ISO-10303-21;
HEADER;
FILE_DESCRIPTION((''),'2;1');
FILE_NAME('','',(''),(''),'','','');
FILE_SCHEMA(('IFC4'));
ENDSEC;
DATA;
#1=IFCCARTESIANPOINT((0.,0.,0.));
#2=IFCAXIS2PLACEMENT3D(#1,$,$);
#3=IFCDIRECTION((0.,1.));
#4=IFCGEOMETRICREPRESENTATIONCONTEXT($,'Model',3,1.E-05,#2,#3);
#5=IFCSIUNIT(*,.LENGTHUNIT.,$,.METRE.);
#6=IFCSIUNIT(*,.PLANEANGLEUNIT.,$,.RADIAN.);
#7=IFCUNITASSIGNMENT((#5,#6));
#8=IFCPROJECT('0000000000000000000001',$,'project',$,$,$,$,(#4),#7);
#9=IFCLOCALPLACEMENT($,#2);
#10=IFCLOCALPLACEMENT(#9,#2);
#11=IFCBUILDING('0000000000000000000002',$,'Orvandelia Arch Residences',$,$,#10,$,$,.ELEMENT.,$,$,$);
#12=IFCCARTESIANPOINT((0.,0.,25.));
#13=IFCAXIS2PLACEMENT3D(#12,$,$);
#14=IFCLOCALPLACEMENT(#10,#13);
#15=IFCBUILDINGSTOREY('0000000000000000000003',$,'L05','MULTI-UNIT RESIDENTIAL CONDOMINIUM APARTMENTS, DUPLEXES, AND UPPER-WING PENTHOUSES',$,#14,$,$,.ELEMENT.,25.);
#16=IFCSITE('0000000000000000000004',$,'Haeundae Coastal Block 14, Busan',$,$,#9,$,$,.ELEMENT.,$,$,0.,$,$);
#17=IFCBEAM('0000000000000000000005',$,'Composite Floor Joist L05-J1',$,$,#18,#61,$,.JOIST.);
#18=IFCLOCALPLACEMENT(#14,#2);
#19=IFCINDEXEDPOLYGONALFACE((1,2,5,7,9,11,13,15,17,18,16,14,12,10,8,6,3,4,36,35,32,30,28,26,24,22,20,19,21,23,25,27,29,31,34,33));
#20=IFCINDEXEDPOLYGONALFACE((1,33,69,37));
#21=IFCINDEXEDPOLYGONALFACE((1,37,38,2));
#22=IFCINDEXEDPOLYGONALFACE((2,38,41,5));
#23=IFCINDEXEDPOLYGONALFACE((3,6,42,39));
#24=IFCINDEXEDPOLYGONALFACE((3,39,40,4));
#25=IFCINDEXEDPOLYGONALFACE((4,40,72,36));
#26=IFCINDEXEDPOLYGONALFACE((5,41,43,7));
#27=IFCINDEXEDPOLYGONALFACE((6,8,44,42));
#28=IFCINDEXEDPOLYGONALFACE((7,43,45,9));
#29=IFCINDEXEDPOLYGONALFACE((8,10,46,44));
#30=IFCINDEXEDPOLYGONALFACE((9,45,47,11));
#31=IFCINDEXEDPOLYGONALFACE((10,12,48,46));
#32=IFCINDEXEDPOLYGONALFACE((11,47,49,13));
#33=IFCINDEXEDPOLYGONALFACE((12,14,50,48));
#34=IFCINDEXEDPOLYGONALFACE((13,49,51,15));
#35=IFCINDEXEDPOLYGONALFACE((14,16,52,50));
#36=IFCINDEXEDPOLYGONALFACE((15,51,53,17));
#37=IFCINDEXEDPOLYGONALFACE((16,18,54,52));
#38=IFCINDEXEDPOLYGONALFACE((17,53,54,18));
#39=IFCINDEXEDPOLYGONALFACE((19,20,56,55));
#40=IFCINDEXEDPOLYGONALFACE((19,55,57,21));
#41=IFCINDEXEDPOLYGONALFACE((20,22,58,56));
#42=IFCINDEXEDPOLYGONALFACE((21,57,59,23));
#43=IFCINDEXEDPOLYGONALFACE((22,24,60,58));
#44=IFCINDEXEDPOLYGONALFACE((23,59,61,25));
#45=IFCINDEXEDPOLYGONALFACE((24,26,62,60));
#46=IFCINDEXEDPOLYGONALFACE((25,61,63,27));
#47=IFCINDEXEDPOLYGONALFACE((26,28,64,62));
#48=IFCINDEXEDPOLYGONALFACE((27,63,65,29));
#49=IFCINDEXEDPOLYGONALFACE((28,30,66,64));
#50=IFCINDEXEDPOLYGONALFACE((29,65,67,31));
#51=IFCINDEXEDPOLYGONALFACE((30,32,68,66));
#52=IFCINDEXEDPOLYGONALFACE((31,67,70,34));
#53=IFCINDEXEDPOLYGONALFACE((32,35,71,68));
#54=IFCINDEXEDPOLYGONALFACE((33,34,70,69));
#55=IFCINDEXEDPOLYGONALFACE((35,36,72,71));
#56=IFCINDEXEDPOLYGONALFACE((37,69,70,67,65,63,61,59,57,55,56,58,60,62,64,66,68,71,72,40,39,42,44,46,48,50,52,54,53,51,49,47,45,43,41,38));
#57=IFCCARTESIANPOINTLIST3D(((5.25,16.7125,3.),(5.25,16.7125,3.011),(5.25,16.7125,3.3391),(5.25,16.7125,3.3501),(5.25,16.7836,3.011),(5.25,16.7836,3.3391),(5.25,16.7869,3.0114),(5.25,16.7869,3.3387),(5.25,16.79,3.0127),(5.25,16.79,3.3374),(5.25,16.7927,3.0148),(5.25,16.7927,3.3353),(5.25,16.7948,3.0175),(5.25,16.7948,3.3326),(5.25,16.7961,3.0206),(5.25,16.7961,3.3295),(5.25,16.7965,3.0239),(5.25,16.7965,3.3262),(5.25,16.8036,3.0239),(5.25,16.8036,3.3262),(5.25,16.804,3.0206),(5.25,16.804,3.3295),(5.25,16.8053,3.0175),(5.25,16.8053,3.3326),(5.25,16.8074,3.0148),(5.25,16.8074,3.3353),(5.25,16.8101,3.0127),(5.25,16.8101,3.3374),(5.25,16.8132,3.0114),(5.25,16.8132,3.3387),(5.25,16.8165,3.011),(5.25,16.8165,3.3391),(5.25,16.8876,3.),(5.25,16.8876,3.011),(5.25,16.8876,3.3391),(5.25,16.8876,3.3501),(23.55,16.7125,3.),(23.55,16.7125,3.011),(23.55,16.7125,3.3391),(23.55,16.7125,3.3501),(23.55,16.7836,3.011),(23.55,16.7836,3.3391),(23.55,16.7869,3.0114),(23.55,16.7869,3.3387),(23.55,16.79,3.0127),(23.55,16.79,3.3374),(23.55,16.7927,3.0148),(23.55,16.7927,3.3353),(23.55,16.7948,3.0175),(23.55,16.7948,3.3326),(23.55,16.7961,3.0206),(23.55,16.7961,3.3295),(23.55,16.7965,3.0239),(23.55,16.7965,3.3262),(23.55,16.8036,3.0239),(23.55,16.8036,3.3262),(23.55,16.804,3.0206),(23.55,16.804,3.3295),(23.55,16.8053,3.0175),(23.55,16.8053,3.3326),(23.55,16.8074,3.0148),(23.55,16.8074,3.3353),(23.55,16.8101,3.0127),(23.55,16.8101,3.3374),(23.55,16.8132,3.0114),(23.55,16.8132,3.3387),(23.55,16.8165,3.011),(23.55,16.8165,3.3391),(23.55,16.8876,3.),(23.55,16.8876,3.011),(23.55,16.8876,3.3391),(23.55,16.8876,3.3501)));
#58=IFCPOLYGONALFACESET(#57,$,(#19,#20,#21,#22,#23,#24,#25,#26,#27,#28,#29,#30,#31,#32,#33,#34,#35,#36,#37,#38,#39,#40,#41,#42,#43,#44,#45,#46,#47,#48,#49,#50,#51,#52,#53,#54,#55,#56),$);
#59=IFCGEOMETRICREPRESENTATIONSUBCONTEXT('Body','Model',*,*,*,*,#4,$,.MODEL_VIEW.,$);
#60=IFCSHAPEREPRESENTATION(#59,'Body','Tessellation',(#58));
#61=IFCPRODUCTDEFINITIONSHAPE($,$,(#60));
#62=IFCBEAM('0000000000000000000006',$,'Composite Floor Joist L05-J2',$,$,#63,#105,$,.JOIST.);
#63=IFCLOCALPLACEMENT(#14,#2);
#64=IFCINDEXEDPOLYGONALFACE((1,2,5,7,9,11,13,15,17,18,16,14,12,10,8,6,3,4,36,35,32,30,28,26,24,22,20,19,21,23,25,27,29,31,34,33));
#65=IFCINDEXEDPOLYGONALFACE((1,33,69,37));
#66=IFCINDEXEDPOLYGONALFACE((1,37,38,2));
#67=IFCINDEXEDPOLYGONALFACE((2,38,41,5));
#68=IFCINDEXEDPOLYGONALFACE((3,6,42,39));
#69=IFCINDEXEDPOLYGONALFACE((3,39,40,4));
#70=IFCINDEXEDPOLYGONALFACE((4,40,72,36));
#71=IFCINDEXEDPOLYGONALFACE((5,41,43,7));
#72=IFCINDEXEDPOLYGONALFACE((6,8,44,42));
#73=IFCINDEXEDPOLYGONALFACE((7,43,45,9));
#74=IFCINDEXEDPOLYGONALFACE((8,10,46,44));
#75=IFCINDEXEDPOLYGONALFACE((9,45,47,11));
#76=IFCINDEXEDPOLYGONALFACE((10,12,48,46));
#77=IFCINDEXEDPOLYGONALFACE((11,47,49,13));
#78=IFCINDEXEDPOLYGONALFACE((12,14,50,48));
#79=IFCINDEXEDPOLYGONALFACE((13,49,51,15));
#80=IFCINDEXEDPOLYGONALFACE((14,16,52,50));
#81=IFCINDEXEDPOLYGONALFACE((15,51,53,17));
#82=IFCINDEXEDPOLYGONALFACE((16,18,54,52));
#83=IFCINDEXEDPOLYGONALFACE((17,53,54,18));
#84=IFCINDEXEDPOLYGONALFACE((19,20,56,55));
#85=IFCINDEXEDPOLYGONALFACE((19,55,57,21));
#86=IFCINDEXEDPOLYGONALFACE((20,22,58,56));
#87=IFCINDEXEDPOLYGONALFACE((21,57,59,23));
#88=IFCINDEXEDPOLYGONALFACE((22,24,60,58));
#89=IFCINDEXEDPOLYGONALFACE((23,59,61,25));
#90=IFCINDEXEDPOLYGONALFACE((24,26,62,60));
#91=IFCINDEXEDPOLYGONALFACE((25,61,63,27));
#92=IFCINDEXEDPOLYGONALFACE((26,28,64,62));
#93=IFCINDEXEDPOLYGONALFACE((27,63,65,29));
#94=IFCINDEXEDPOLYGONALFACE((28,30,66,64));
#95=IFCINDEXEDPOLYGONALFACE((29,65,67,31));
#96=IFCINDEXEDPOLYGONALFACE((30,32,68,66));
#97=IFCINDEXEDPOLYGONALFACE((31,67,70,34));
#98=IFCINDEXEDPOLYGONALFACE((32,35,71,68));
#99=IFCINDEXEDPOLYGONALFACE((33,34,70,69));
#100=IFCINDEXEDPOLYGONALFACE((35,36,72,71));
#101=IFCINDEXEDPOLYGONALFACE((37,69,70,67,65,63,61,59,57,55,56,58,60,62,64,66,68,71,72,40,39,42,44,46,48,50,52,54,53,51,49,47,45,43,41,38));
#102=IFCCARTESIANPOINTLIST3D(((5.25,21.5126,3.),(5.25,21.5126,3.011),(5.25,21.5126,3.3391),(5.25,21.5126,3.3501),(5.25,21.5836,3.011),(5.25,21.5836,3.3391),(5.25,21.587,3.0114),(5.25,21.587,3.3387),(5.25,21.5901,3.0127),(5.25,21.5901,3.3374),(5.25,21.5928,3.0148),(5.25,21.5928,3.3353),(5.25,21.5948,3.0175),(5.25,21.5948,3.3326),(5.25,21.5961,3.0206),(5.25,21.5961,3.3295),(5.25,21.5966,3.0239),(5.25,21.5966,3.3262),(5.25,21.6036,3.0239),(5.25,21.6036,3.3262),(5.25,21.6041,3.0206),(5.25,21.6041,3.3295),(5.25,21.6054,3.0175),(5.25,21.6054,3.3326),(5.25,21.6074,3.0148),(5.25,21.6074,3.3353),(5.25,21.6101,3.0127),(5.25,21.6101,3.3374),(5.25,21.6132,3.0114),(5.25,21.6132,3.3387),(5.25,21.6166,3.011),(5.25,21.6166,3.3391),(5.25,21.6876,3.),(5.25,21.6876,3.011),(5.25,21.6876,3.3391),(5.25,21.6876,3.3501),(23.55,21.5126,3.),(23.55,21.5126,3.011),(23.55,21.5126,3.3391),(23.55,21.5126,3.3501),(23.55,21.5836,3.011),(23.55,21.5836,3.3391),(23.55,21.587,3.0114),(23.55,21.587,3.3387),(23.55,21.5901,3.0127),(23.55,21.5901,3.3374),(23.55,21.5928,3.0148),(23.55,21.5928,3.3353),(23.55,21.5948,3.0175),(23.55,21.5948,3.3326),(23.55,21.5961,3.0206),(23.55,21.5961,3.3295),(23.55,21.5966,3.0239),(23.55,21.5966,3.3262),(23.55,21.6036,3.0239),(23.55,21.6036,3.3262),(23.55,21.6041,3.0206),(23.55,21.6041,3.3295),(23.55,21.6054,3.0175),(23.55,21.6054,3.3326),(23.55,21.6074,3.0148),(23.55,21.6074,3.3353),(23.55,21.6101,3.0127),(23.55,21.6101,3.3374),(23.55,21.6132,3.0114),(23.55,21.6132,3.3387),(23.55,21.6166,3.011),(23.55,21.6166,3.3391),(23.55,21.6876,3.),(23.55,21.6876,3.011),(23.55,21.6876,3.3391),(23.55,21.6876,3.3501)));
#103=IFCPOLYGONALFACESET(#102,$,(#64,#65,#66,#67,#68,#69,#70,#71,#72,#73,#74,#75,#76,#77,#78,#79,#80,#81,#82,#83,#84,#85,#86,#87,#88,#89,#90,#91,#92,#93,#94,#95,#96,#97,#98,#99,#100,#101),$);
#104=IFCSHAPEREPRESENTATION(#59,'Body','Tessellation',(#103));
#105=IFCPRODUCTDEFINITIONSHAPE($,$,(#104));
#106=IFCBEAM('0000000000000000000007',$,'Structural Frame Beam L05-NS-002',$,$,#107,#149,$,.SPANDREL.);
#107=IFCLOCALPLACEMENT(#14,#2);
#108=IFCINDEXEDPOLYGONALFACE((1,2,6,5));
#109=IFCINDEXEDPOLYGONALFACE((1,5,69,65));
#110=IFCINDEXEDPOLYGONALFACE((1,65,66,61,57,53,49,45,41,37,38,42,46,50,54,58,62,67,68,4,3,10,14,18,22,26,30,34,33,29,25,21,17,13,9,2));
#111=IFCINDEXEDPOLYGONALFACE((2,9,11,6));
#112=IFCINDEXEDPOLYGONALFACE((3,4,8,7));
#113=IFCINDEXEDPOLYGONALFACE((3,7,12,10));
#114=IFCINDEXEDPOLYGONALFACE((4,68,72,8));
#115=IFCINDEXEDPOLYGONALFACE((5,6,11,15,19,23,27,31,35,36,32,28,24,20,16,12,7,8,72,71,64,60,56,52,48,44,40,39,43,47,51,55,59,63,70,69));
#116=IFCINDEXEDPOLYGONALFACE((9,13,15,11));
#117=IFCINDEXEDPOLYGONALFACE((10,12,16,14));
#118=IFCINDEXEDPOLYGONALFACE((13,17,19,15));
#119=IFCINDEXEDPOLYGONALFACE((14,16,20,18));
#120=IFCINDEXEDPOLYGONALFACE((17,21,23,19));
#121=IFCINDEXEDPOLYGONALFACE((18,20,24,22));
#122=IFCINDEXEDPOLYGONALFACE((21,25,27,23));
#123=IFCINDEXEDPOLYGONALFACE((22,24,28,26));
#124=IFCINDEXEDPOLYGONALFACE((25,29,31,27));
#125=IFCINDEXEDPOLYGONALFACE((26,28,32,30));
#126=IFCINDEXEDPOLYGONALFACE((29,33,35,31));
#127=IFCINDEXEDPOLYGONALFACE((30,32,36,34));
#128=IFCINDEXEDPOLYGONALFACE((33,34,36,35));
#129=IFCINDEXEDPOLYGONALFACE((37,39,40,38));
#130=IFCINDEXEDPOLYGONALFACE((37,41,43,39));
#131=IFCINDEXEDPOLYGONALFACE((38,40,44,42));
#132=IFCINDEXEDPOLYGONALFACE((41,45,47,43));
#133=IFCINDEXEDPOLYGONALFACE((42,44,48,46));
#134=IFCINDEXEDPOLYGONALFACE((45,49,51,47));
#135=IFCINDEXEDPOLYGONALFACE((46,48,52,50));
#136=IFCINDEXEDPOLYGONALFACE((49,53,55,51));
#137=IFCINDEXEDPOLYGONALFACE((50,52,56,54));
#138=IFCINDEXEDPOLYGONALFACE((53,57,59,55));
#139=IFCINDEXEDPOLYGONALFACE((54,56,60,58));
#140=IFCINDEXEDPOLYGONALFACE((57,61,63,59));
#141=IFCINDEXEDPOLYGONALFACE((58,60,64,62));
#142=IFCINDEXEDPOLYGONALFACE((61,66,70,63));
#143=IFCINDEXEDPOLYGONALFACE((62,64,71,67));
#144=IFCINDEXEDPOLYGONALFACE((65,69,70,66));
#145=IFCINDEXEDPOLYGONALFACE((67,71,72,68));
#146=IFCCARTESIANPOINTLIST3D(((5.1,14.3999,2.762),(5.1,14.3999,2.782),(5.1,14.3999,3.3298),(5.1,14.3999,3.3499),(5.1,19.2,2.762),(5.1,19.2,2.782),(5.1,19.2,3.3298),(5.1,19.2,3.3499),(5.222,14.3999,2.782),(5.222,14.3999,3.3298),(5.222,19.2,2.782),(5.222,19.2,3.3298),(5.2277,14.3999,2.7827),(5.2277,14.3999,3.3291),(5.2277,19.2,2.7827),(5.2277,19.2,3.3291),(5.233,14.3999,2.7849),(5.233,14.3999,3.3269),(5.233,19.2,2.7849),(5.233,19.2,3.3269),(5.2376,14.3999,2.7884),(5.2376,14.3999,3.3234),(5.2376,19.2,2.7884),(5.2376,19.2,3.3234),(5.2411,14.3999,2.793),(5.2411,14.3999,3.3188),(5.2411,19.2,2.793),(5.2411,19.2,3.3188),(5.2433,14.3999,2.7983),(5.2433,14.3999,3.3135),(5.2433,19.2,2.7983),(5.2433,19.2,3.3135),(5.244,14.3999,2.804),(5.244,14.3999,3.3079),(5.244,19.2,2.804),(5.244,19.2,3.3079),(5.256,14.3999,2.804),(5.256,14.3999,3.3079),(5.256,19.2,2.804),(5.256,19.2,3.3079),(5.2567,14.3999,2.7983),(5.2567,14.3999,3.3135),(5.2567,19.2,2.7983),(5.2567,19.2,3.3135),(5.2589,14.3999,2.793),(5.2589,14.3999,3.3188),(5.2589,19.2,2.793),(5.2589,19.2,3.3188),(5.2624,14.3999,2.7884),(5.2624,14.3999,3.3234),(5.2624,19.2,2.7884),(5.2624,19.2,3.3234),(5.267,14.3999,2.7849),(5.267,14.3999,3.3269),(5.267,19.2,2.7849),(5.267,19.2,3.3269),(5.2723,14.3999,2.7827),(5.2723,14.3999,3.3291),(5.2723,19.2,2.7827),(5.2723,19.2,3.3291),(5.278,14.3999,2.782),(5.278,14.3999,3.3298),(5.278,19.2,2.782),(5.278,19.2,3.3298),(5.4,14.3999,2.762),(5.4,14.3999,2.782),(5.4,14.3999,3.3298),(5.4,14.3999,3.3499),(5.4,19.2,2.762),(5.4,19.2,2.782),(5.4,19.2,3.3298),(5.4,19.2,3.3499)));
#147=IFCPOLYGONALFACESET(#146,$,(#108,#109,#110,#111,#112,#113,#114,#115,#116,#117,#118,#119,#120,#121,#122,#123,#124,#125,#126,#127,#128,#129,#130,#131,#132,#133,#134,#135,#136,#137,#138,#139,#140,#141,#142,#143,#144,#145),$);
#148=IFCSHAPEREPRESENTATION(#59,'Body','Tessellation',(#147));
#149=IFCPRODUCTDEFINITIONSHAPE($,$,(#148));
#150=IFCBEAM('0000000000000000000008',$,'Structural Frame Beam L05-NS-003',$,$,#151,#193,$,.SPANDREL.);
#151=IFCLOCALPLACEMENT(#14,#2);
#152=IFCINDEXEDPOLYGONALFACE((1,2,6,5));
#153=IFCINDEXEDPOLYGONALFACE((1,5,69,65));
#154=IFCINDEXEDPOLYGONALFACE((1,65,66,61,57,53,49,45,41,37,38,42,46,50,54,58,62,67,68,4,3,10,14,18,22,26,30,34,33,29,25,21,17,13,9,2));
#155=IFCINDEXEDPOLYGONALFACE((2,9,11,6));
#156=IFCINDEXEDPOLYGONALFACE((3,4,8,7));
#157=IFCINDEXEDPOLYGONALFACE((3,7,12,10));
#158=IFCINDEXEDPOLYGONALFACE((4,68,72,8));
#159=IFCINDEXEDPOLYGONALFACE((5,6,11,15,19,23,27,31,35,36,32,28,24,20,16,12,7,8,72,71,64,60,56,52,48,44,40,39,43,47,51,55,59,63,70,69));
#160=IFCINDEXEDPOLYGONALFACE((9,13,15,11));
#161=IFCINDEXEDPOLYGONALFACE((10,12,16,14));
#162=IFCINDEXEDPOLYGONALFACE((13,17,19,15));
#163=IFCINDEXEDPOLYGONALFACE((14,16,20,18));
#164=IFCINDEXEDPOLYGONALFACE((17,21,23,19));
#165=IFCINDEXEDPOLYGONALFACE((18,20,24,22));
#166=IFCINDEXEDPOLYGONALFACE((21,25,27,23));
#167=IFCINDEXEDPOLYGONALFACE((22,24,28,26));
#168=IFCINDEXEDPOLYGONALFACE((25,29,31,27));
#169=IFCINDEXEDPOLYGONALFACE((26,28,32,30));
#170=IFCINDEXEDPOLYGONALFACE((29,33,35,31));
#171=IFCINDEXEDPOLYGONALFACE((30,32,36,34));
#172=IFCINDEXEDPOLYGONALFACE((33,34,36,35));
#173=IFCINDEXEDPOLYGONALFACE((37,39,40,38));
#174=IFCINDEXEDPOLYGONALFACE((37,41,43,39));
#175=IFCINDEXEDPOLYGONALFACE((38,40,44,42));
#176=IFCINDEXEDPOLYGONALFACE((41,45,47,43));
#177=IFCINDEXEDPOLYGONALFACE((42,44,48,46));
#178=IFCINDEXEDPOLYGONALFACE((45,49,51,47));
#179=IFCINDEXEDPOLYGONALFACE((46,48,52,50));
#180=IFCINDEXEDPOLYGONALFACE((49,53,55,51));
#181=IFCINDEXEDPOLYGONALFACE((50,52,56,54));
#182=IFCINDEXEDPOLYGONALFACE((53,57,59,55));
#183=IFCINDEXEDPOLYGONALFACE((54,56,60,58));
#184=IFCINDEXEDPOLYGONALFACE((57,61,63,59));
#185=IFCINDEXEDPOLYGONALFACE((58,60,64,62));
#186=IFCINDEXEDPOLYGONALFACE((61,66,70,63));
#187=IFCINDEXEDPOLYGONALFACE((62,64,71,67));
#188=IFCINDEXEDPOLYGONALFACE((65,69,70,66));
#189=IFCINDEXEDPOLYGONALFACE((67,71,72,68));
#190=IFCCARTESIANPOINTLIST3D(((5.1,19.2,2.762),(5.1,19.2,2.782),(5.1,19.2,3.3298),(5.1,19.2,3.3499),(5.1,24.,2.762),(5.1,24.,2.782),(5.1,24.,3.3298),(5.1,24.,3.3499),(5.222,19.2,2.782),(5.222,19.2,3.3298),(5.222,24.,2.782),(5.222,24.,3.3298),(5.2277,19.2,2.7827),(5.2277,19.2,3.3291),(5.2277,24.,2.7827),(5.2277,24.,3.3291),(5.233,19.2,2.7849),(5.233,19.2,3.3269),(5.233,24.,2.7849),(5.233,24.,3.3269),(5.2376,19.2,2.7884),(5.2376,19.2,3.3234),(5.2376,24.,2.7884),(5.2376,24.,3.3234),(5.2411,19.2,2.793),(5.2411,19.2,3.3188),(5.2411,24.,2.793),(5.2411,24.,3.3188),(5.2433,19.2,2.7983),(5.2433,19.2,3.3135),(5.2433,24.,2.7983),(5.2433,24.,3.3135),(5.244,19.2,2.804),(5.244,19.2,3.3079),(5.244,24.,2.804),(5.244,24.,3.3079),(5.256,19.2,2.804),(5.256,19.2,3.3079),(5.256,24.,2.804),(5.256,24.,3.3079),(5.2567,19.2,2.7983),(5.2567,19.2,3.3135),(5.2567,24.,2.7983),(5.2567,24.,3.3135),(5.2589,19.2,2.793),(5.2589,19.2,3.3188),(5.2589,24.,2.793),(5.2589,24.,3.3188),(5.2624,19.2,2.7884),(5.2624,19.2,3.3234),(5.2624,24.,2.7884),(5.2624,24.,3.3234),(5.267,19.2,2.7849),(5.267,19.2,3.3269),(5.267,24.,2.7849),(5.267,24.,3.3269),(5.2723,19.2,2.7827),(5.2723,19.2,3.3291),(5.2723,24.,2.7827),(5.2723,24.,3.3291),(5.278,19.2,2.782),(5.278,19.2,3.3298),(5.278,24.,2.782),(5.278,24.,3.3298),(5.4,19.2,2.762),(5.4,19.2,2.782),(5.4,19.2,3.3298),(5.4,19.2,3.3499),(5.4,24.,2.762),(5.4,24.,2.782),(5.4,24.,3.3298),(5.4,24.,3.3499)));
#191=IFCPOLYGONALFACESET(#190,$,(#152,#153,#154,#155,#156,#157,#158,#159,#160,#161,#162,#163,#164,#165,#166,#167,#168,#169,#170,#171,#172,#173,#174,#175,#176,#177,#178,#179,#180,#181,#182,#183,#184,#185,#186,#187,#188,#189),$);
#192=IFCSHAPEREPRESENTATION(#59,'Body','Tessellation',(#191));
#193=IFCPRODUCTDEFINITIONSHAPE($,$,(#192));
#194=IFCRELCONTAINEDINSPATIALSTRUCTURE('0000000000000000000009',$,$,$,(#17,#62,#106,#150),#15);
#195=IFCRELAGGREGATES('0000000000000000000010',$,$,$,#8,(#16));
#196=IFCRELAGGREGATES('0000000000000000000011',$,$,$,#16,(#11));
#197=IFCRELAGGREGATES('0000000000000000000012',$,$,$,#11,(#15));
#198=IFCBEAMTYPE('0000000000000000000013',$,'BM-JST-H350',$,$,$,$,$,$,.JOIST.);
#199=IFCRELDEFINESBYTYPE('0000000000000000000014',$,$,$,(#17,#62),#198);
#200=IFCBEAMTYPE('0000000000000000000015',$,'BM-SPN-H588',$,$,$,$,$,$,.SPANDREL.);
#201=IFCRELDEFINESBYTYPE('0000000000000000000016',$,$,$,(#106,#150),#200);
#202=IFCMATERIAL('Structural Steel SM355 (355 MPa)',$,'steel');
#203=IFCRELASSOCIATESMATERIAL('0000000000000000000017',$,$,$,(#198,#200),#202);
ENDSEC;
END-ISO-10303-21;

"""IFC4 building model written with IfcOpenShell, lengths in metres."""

from ifc_helpers import new_model, si_unit, direction, frame, origin, origin_2d, place, context, subcontext, project, spatial, i_section, extrude, material, material_profile, profile_set, type_object, element, save


model = new_model("IFC4")

# Units and contexts
model_context = context("Model", 3, precision=1e-05, world=origin(), true_north=direction((0.0, 1.0)))
body_context = subcontext(model_context, "Body", "Model", "MODEL_VIEW")
ifc_project = project(units=[si_unit("LENGTHUNIT", "METRE"), si_unit("PLANEANGLEUNIT", "RADIAN")], contexts=[model_context])

# Site, building, storey
site_placement = place(None, origin())
site = spatial("IfcSite", under=ifc_project, at=site_placement, Name="Haeundae Coastal Block 14, Busan", CompositionType="ELEMENT", RefElevation=0.0)
building_placement = place(site_placement, origin())
building = spatial("IfcBuilding", under=site, at=building_placement, Name="Orvandelia Arch Residences", CompositionType="ELEMENT")
storey_placement = place(building_placement, frame((0.0, 0.0, 25.0)))
storey = spatial("IfcBuildingStorey", under=building, at=storey_placement, Name="L05", Description="MULTI-UNIT RESIDENTIAL CONDOMINIUM APARTMENTS, DUPLEXES, AND UPPER-WING PENTHOUSES", CompositionType="ELEMENT", Elevation=25.0)

# Beams
ifc_material_1 = material(Name="Structural Steel SM355 (355 MPa)", Category="steel")
ifc_material_profile_1 = material_profile(ifc_material_1, i_section(OverallWidth=0.175, OverallDepth=0.3501, WebThickness=0.0071, FlangeThickness=0.011, FilletRadius=0.0129, at=origin_2d()), Name="Structural Steel SM355 (355 MPa)", Category="steel")
ifc_profile_set_1 = profile_set([ifc_material_profile_1], Name="Structural Steel SM355 (355 MPa)")
beam_type_1 = type_object("IfcBeamType", Name="BM-JST-H350", PredefinedType="JOIST", material=ifc_profile_set_1)
for number, where, z_axis, x_axis, name in (
    (1, (5.25, 16.8, 3.175), (1.0, 0.0, 0.0), (0.0, 1.0, 0.0), "Composite Floor Joist L05-J1"),
    (2, (5.25, 21.6001, 3.175), (1.0, 0.0, 0.0), (0.0, 1.0, 0.0), "Composite Floor Joist L05-J2"),
):
    element("IfcBeam", number, at=place(storey_placement, frame(where, z_axis=z_axis, x_axis=x_axis)), inside=storey, type_object=beam_type_1, Name=name, PredefinedType="JOIST", context=body_context, shape_type="SweptSolid", body=[
        extrude(i_section(OverallWidth=0.175, OverallDepth=0.3501, WebThickness=0.0071, FlangeThickness=0.011, FilletRadius=0.0129, at=origin_2d()), origin(), (0.0, 0.0, 1.0), 18.3),
    ])
ifc_material_profile_2 = material_profile(ifc_material_1, i_section(OverallWidth=0.3, OverallDepth=0.5879, WebThickness=0.012, FlangeThickness=0.02, FilletRadius=0.022, at=origin_2d()), Name="Structural Steel SM355 (355 MPa)", Category="steel")
ifc_profile_set_2 = profile_set([ifc_material_profile_2], Name="Structural Steel SM355 (355 MPa)")
beam_type_2 = type_object("IfcBeamType", Name="BM-SPN-H588", PredefinedType="SPANDREL", material=ifc_profile_set_2)
for number, where, z_axis, x_axis, name in (
    (3, (5.25, 14.3999, 3.0559), (0.0, 1.0, 0.0), (-1.0, 0.0, 0.0), "Structural Frame Beam L05-NS-002"),
    (4, (5.25, 19.2, 3.0559), (0.0, 1.0, 0.0), (-1.0, 0.0, 0.0), "Structural Frame Beam L05-NS-003"),
):
    element("IfcBeam", number, at=place(storey_placement, frame(where, z_axis=z_axis, x_axis=x_axis)), inside=storey, type_object=beam_type_2, Name=name, PredefinedType="SPANDREL", context=body_context, shape_type="SweptSolid", body=[
        extrude(i_section(OverallWidth=0.3, OverallDepth=0.5879, WebThickness=0.012, FlangeThickness=0.02, FilletRadius=0.022, at=origin_2d()), origin(), (0.0, 0.0, 1.0), 4.8),
    ])

save(model, "model.ifc")
